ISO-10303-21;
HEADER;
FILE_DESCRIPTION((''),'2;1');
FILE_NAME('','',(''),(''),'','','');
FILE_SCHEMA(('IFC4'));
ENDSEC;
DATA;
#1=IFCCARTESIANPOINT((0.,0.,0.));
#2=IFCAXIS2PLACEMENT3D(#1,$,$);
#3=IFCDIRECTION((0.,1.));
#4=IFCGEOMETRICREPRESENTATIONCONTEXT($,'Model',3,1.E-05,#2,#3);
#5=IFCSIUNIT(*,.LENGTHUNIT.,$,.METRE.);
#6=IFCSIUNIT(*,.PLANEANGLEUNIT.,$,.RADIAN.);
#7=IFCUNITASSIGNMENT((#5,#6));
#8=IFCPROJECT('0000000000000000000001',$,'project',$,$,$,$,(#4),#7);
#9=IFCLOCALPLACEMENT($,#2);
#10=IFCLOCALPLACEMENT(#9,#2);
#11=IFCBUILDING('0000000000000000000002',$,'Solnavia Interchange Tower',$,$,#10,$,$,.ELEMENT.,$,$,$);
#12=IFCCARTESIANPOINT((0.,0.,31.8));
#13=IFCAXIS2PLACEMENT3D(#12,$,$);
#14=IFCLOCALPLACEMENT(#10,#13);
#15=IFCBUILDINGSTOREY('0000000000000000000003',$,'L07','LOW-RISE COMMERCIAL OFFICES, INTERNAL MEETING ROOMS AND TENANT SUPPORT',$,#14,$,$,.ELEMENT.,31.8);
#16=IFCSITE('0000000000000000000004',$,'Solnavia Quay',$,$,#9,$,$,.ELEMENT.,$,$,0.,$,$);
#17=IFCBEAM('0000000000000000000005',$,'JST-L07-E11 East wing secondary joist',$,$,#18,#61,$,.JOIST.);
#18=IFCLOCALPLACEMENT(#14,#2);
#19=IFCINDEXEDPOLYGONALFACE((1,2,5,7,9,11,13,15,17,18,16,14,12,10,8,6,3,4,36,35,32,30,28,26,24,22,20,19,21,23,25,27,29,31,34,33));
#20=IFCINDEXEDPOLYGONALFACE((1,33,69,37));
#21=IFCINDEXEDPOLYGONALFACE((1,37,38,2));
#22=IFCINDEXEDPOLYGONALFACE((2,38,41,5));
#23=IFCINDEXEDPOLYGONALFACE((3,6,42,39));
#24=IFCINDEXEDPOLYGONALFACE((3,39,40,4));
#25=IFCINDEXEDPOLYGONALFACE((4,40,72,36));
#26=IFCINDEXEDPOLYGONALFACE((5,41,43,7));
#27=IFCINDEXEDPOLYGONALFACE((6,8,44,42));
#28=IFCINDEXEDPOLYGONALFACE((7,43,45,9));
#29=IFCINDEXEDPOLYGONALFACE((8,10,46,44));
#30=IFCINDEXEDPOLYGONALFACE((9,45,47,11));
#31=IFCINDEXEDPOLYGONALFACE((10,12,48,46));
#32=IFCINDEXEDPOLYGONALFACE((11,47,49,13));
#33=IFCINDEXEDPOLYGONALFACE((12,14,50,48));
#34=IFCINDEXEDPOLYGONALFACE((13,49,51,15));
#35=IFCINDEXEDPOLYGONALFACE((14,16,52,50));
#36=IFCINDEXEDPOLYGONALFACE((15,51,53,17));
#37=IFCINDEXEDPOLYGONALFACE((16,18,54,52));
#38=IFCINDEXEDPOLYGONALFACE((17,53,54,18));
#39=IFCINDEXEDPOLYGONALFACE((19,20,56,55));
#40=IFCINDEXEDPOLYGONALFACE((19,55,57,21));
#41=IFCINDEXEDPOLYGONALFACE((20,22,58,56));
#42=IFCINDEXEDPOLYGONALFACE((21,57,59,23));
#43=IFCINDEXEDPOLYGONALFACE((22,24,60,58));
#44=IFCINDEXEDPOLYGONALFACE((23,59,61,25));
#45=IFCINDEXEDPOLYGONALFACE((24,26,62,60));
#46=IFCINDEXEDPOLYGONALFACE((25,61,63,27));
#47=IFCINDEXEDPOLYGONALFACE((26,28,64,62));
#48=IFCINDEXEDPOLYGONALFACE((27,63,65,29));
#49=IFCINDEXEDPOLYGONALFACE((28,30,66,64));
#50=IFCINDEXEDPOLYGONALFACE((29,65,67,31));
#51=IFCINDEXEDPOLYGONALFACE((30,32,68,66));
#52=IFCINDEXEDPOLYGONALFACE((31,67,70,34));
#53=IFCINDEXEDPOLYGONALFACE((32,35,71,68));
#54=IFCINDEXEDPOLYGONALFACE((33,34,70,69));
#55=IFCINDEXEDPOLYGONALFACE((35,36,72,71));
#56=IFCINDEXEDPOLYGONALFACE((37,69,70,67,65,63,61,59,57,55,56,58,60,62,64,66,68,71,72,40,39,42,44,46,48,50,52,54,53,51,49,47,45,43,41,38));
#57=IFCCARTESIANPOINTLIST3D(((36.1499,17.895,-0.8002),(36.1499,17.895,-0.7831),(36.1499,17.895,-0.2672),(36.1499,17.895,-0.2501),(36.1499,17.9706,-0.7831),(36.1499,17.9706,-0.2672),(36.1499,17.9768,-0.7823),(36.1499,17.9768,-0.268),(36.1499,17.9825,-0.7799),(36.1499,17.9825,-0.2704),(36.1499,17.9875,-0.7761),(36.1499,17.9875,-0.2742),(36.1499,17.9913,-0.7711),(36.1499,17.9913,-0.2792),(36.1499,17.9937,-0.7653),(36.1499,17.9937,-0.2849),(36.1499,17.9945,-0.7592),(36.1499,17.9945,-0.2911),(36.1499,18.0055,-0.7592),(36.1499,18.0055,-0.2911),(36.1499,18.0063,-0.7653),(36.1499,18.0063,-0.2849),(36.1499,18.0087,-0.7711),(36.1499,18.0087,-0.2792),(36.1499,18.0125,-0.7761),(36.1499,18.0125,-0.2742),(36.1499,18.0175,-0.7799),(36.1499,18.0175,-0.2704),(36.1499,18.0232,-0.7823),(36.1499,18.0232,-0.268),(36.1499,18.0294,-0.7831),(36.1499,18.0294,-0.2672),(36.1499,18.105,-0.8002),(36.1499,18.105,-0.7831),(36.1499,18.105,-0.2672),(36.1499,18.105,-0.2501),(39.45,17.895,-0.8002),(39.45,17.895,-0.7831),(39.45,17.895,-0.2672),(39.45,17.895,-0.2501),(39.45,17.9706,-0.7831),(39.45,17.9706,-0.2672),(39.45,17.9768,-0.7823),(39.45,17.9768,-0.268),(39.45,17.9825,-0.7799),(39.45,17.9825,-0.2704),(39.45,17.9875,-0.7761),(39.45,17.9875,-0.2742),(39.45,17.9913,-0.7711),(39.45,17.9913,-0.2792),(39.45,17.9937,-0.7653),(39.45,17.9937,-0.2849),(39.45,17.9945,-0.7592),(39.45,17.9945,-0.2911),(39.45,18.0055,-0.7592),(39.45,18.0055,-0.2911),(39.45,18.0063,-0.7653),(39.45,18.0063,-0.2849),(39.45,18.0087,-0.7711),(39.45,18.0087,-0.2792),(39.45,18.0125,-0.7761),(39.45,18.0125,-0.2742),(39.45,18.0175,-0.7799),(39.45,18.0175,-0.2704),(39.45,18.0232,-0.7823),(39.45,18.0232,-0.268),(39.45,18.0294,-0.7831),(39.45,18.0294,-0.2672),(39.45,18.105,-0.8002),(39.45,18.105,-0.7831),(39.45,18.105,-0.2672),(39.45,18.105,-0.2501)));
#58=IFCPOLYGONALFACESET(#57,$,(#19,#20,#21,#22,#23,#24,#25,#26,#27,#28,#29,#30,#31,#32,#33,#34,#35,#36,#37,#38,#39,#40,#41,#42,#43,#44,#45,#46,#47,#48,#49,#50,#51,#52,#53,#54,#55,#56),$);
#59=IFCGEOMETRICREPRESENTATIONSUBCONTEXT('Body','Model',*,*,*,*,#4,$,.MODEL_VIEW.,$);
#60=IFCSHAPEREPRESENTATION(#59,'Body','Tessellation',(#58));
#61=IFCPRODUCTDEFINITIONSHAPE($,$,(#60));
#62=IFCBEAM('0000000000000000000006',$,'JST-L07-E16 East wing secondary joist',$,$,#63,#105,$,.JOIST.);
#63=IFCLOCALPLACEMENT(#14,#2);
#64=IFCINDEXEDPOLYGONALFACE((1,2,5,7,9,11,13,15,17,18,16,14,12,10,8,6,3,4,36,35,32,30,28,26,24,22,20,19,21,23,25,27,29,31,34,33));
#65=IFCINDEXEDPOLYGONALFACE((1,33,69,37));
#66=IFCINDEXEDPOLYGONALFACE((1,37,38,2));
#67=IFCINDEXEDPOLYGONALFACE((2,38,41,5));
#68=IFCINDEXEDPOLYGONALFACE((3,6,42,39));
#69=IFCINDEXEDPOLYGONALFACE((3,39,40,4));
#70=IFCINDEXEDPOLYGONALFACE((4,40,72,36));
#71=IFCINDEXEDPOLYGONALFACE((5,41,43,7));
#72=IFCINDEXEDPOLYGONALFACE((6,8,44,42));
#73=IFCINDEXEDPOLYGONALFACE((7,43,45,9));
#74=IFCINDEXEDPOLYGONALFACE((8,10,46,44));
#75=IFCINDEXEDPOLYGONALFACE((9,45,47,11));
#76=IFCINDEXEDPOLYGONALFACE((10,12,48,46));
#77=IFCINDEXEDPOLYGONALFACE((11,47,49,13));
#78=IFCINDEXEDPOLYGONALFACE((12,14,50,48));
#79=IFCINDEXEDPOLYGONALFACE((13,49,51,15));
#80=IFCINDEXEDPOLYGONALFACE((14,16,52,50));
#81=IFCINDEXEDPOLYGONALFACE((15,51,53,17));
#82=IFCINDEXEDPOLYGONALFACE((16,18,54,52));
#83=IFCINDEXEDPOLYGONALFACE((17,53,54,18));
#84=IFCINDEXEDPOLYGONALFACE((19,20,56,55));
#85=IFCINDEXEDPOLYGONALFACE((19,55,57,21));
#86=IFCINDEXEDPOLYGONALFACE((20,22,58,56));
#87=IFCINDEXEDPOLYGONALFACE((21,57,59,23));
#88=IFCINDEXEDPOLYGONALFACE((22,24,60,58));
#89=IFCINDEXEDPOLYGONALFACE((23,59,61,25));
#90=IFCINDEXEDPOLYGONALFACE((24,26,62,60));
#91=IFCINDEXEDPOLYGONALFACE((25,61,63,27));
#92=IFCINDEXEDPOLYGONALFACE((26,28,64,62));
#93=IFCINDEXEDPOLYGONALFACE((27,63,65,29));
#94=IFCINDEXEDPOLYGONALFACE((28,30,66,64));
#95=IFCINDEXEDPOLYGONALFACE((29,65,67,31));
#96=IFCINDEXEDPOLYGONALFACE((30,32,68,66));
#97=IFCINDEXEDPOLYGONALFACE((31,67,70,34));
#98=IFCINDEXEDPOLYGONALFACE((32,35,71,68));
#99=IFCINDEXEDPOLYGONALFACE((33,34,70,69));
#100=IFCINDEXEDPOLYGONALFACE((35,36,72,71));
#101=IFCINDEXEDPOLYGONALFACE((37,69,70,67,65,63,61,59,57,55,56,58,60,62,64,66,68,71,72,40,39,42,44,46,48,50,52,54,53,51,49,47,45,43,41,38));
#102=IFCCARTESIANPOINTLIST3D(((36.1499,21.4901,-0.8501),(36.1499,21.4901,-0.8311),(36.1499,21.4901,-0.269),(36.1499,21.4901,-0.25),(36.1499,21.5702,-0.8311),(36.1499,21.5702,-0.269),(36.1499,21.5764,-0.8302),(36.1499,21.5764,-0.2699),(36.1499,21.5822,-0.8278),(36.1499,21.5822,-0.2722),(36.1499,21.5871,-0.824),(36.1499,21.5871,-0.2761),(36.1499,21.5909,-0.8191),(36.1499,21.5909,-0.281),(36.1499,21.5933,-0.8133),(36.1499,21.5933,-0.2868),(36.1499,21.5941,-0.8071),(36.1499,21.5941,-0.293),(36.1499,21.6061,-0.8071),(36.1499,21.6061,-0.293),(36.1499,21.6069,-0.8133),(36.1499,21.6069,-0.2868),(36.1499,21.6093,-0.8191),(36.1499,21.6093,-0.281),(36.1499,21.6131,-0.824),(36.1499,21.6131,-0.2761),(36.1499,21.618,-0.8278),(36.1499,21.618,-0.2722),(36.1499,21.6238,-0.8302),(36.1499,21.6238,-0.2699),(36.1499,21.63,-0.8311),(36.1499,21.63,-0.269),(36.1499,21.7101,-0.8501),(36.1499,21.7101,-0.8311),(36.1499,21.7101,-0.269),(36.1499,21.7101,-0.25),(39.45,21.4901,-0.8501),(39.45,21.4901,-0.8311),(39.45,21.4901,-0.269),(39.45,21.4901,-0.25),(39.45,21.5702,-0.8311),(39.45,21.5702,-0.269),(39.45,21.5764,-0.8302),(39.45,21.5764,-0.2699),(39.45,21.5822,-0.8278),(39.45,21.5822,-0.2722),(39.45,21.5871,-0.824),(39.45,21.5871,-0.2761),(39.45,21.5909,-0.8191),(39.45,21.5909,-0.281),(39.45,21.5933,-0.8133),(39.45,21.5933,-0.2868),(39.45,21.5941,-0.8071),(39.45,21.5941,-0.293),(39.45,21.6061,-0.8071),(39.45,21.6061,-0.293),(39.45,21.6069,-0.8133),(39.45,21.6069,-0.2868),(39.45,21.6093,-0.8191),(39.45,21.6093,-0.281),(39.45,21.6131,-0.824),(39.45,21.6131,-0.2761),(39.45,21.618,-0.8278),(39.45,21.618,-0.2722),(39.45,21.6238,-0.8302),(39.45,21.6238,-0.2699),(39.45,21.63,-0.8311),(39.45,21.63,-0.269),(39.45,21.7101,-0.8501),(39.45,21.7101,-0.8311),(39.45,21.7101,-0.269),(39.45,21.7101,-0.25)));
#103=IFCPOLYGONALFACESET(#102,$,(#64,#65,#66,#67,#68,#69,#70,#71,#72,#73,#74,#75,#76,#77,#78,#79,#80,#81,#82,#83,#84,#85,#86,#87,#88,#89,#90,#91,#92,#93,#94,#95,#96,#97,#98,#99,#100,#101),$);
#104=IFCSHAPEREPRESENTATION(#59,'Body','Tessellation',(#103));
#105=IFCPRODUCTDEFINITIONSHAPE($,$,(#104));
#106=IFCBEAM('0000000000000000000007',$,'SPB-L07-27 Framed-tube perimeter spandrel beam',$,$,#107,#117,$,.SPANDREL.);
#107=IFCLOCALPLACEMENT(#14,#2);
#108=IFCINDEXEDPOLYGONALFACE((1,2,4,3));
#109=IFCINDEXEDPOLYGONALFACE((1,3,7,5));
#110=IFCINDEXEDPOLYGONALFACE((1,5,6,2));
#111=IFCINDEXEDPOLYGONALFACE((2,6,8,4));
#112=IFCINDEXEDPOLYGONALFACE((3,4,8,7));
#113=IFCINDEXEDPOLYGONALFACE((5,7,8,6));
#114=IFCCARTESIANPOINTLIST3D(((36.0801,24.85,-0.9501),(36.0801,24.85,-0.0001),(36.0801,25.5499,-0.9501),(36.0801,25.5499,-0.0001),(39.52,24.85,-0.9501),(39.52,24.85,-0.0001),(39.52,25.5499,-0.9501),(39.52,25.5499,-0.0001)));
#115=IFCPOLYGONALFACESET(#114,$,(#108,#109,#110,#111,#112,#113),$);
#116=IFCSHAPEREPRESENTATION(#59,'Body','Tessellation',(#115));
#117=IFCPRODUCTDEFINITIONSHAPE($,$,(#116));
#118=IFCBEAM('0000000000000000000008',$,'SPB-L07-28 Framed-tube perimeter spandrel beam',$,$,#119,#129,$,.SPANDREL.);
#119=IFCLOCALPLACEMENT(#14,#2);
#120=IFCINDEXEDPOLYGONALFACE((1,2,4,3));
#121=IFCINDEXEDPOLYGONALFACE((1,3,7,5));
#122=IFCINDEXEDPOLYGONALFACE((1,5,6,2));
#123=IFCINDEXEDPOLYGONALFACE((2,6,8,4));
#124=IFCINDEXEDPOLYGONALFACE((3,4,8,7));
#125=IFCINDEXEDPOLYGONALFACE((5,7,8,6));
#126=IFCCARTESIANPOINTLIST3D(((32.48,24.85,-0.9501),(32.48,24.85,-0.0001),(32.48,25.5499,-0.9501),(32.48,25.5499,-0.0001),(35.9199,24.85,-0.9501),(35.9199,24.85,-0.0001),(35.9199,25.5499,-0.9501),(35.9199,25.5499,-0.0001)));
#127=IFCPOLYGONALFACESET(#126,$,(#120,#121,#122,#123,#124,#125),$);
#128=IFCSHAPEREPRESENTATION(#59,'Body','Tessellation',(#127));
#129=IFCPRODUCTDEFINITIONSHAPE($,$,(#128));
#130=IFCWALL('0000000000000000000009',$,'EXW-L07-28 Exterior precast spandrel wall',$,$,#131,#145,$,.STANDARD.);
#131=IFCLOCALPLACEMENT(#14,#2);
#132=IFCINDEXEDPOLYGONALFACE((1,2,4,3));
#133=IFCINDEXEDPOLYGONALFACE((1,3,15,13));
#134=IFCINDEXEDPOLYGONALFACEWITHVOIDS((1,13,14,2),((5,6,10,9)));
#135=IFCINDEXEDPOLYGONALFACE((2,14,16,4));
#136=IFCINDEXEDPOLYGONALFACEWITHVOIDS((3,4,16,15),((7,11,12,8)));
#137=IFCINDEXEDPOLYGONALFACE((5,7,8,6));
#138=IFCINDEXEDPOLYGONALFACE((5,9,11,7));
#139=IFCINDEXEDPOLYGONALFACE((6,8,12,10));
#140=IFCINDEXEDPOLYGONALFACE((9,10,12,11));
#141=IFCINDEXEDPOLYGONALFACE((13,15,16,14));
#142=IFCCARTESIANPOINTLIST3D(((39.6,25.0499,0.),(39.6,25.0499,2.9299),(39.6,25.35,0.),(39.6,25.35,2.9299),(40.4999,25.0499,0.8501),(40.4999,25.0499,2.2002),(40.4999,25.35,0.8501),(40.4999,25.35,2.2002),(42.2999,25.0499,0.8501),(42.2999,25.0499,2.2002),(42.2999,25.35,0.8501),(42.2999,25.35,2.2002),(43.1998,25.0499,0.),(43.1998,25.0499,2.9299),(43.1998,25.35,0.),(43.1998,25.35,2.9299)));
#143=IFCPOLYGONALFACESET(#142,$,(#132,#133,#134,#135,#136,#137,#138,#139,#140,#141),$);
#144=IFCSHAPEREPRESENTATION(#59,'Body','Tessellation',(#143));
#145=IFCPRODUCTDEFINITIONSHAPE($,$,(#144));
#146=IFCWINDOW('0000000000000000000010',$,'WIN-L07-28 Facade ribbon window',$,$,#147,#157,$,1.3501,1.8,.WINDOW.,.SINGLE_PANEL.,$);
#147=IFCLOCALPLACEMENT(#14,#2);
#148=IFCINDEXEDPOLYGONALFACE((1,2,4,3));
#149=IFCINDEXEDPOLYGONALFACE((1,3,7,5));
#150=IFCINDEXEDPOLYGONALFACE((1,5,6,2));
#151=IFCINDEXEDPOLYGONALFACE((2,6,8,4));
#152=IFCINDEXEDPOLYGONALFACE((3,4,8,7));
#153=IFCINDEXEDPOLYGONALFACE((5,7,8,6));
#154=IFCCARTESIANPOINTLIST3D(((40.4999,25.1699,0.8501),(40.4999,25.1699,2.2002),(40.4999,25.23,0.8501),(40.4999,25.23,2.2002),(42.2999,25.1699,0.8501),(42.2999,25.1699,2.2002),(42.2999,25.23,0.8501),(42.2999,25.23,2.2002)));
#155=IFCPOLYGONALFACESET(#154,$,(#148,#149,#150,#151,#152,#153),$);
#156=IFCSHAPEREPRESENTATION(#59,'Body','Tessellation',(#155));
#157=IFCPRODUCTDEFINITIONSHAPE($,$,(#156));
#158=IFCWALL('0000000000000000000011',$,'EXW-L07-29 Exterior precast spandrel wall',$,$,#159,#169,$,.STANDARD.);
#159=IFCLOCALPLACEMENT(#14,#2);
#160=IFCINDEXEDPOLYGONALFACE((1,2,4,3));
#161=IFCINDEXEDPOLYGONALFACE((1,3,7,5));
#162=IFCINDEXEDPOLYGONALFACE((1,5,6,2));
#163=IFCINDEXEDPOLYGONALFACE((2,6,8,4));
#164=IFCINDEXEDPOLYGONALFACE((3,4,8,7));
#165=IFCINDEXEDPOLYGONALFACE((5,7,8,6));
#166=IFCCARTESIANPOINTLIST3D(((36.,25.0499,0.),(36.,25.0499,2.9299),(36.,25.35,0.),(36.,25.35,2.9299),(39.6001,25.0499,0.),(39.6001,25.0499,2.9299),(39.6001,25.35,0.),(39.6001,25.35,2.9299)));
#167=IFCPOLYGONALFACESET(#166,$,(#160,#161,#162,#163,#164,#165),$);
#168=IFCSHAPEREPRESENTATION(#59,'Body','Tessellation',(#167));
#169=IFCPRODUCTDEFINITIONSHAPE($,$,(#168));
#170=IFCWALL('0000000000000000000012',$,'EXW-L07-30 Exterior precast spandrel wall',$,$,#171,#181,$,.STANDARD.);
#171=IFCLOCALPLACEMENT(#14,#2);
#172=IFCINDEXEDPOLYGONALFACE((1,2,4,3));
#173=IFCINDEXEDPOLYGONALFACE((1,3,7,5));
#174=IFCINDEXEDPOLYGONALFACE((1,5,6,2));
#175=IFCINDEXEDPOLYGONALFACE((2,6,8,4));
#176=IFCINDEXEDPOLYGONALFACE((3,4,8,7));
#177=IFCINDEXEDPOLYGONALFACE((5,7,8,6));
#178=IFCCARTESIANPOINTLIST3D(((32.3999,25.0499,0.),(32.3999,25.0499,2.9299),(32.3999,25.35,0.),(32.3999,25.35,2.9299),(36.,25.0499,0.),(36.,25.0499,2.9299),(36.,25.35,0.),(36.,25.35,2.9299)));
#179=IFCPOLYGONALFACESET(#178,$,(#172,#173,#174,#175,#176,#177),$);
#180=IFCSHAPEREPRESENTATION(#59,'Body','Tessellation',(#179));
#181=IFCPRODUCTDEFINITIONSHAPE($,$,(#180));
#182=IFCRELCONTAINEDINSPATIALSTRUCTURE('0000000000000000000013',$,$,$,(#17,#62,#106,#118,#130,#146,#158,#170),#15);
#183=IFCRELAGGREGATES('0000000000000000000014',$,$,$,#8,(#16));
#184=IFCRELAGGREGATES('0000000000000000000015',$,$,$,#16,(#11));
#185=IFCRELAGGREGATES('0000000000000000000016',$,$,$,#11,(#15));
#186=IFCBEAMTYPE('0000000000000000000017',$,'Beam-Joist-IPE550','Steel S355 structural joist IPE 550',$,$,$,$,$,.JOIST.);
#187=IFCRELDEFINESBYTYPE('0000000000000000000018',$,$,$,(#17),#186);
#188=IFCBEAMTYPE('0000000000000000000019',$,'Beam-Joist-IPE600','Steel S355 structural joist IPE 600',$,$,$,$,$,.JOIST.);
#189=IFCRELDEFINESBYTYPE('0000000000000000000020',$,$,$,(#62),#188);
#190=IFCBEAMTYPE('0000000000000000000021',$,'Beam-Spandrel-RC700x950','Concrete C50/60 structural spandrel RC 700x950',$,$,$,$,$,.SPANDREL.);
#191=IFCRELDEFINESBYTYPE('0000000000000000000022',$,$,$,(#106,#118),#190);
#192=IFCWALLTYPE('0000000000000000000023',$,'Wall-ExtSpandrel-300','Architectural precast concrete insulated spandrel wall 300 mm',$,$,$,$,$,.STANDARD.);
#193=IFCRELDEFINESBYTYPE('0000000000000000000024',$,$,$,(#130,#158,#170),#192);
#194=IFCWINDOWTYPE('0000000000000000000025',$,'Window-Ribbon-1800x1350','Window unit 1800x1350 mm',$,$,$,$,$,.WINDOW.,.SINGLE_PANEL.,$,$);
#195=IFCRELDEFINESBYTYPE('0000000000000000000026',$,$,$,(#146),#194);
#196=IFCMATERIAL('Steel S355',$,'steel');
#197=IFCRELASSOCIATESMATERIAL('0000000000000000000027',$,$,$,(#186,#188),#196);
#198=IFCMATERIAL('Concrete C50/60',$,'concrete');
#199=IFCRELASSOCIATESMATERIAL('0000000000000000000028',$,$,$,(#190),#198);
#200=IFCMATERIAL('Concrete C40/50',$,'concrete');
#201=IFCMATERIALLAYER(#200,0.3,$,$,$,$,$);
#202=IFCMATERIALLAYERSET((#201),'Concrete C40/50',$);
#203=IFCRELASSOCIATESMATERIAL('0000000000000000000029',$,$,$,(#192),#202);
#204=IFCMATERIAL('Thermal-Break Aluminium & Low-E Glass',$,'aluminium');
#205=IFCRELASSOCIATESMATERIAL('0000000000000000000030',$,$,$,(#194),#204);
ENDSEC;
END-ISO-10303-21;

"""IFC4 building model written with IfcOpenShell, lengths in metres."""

from ifc_helpers import new_model, si_unit, direction, frame, frame_2d, origin, origin_2d, place, context, subcontext, project, spatial, rectangle, i_section, extrude, material, layer, layer_set, material_profile, profile_set, type_object, element, fill, save


model = new_model("IFC4")

# Units and contexts
model_context = context("Model", 3, precision=1e-05, world=origin(), true_north=direction((0.0, 1.0)))
body_context = subcontext(model_context, "Body", "Model", "MODEL_VIEW")
ifc_project = project(units=[si_unit("LENGTHUNIT", "METRE"), si_unit("PLANEANGLEUNIT", "RADIAN")], contexts=[model_context])

# Site, building, storey
site_placement = place(None, origin())
site = spatial("IfcSite", under=ifc_project, at=site_placement, Name="Solnavia Quay", CompositionType="ELEMENT", RefElevation=0.0)
building_placement = place(site_placement, origin())
building = spatial("IfcBuilding", under=site, at=building_placement, Name="Solnavia Interchange Tower", CompositionType="ELEMENT")
storey_placement = place(building_placement, frame((0.0, 0.0, 31.8)))
storey = spatial("IfcBuildingStorey", under=building, at=storey_placement, Name="L07", Description="LOW-RISE COMMERCIAL OFFICES, INTERNAL MEETING ROOMS AND TENANT SUPPORT", CompositionType="ELEMENT", Elevation=31.8)

# Shared definitions
ifc_material_1 = material(Name="Steel S355", Category="steel")

# Beams
ifc_material_2 = material(Name="Concrete C50/60", Category="concrete")
ifc_material_profile_1 = material_profile(ifc_material_1, i_section(OverallWidth=0.21, OverallDepth=0.55, WebThickness=0.011, FlangeThickness=0.0171, FilletRadius=0.0239, at=origin_2d()), Name="IPE 550")
ifc_profile_set_1 = profile_set([ifc_material_profile_1], Name="Steel S355")
beam_type_1 = type_object("IfcBeamType", Name="Beam-Joist-IPE550", Description="Steel S355 structural joist IPE 550", PredefinedType="JOIST", material=ifc_profile_set_1)
beam_1_placement = place(storey_placement, frame((36.1499, 18.0, -0.5251), z_axis=(1.0, 0.0, 0.0), x_axis=(0.0, 1.0, 0.0)))
element("IfcBeam", 1, at=beam_1_placement, inside=storey, type_object=beam_type_1, Name="JST-L07-E11 East wing secondary joist", PredefinedType="JOIST", context=body_context, shape_type="SweptSolid", body=[
    extrude(i_section(OverallWidth=0.21, OverallDepth=0.55, WebThickness=0.011, FlangeThickness=0.0171, FilletRadius=0.0239, at=origin_2d()), origin(), (0.0, 0.0, 1.0), 3.3),
])
ifc_material_profile_2 = material_profile(ifc_material_1, i_section(OverallWidth=0.22, OverallDepth=0.6001, WebThickness=0.012, FlangeThickness=0.019, FilletRadius=0.0239, at=origin_2d()), Name="IPE 600")
ifc_profile_set_2 = profile_set([ifc_material_profile_2], Name="Steel S355")
beam_type_2 = type_object("IfcBeamType", Name="Beam-Joist-IPE600", Description="Steel S355 structural joist IPE 600", PredefinedType="JOIST", material=ifc_profile_set_2)
beam_2_placement = place(storey_placement, frame((36.1499, 21.6001, -0.55), z_axis=(1.0, 0.0, 0.0), x_axis=(0.0, 1.0, 0.0)))
element("IfcBeam", 2, at=beam_2_placement, inside=storey, type_object=beam_type_2, Name="JST-L07-E16 East wing secondary joist", PredefinedType="JOIST", context=body_context, shape_type="SweptSolid", body=[
    extrude(i_section(OverallWidth=0.22, OverallDepth=0.6001, WebThickness=0.012, FlangeThickness=0.019, FilletRadius=0.0239, at=origin_2d()), origin(), (0.0, 0.0, 1.0), 3.3),
])
ifc_material_profile_3 = material_profile(ifc_material_2, rectangle(XDim=0.7, YDim=0.95, at=origin_2d()), Name="RC 700x950")
ifc_profile_set_3 = profile_set([ifc_material_profile_3], Name="Concrete C50/60")
beam_type_3 = type_object("IfcBeamType", Name="Beam-Spandrel-RC700x950", Description="Concrete C50/60 structural spandrel RC 700x950", PredefinedType="SPANDREL", material=ifc_profile_set_3)
for number, where, z_axis, x_axis, name in (
    (3, (39.52, 25.2, -0.4751), (-1.0, 0.0, 0.0), (0.0, -1.0, 0.0), "SPB-L07-27 Framed-tube perimeter spandrel beam"),
    (4, (35.9199, 25.2, -0.4751), (-1.0, 0.0, 0.0), (0.0, -1.0, 0.0), "SPB-L07-28 Framed-tube perimeter spandrel beam"),
):
    element("IfcBeam", number, at=place(storey_placement, frame(where, z_axis=z_axis, x_axis=x_axis)), inside=storey, type_object=beam_type_3, Name=name, PredefinedType="SPANDREL", context=body_context, shape_type="SweptSolid", body=[
        extrude(rectangle(XDim=0.7, YDim=0.95, at=origin_2d()), origin(), (0.0, 0.0, 1.0), 3.4399),
    ])

# Wall, opening, window
ifc_material_3 = material(Name="Concrete C40/50", Category="concrete")
ifc_layer_1 = layer(ifc_material_3, 0.3)
ifc_layer_set_1 = layer_set([ifc_layer_1], Name="Concrete C40/50")
wall_type_1 = type_object("IfcWallType", Name="Wall-ExtSpandrel-300", Description="Architectural precast concrete insulated spandrel wall 300 mm", PredefinedType="STANDARD", material=ifc_layer_set_1)
wall_1_placement = place(storey_placement, frame((39.6001, 25.2, 0.0), z_axis=(0.0, 0.0, 1.0), x_axis=(1.0, 0.0, 0.0)))
wall_1 = element("IfcWall", 5, at=wall_1_placement, inside=storey, type_object=wall_type_1, Name="EXW-L07-28 Exterior precast spandrel wall", PredefinedType="STANDARD", context=body_context, shape_type="SweptSolid", body=[
    extrude(rectangle(XDim=3.5999, YDim=0.3, at=frame_2d((1.7998, 0.0))), origin(), (0.0, 0.0, 1.0), 2.9299),
])
opening_1_placement = place(wall_1_placement, frame((0.8999, 0.0, 0.8501)))
opening_1 = element("IfcOpeningElement", 6, at=opening_1_placement, cuts=wall_1, PredefinedType="OPENING", context=body_context, shape_type="SweptSolid", body=[
    extrude(rectangle(XDim=1.8, YDim=1.3501, at=frame_2d((0.8999, 0.675))), frame((0.0, 0.1602, 0.0), z_axis=(0.0, -1.0, 0.0), x_axis=(1.0, 0.0, 0.0)), (0.0, 0.0, 1.0), 0.3201),
])
ifc_material_4 = material(Name="Thermal-Break Aluminium & Low-E Glass", Category="aluminium")
window_type = type_object("IfcWindowType", Name="Window-Ribbon-1800x1350", Description="Window unit 1800x1350 mm", PartitioningType="SINGLE_PANEL", PredefinedType="WINDOW", material=ifc_material_4)
window_1_placement = place(opening_1_placement, origin())
window_1 = element("IfcWindow", 7, at=window_1_placement, inside=storey, type_object=window_type, Name="WIN-L07-28 Facade ribbon window", OverallHeight=1.3501, OverallWidth=1.8, PartitioningType="SINGLE_PANEL", PredefinedType="WINDOW", context=body_context, shape_type="SweptSolid", body=[
    extrude(rectangle(XDim=1.8, YDim=1.3501, at=frame_2d((0.8999, 0.675))), frame((0.0, 0.03, 0.0), z_axis=(0.0, -1.0, 0.0), x_axis=(1.0, 0.0, 0.0)), (0.0, 0.0, 1.0), 0.0601),
])
fill(opening_1, window_1)

# Walls
for number, where, z_axis, x_axis, name in (
    (8, (36.0, 25.2, 0.0), (0.0, 0.0, 1.0), (1.0, 0.0, 0.0), "EXW-L07-29 Exterior precast spandrel wall"),
    (9, (32.3999, 25.2, 0.0), (0.0, 0.0, 1.0), (1.0, 0.0, 0.0), "EXW-L07-30 Exterior precast spandrel wall"),
):
    element("IfcWall", number, at=place(storey_placement, frame(where, z_axis=z_axis, x_axis=x_axis)), inside=storey, type_object=wall_type_1, Name=name, PredefinedType="STANDARD", context=body_context, shape_type="SweptSolid", body=[
        extrude(rectangle(XDim=3.6001, YDim=0.3, at=frame_2d((1.8, 0.0))), origin(), (0.0, 0.0, 1.0), 2.9299),
    ])

save(model, "model.ifc")
